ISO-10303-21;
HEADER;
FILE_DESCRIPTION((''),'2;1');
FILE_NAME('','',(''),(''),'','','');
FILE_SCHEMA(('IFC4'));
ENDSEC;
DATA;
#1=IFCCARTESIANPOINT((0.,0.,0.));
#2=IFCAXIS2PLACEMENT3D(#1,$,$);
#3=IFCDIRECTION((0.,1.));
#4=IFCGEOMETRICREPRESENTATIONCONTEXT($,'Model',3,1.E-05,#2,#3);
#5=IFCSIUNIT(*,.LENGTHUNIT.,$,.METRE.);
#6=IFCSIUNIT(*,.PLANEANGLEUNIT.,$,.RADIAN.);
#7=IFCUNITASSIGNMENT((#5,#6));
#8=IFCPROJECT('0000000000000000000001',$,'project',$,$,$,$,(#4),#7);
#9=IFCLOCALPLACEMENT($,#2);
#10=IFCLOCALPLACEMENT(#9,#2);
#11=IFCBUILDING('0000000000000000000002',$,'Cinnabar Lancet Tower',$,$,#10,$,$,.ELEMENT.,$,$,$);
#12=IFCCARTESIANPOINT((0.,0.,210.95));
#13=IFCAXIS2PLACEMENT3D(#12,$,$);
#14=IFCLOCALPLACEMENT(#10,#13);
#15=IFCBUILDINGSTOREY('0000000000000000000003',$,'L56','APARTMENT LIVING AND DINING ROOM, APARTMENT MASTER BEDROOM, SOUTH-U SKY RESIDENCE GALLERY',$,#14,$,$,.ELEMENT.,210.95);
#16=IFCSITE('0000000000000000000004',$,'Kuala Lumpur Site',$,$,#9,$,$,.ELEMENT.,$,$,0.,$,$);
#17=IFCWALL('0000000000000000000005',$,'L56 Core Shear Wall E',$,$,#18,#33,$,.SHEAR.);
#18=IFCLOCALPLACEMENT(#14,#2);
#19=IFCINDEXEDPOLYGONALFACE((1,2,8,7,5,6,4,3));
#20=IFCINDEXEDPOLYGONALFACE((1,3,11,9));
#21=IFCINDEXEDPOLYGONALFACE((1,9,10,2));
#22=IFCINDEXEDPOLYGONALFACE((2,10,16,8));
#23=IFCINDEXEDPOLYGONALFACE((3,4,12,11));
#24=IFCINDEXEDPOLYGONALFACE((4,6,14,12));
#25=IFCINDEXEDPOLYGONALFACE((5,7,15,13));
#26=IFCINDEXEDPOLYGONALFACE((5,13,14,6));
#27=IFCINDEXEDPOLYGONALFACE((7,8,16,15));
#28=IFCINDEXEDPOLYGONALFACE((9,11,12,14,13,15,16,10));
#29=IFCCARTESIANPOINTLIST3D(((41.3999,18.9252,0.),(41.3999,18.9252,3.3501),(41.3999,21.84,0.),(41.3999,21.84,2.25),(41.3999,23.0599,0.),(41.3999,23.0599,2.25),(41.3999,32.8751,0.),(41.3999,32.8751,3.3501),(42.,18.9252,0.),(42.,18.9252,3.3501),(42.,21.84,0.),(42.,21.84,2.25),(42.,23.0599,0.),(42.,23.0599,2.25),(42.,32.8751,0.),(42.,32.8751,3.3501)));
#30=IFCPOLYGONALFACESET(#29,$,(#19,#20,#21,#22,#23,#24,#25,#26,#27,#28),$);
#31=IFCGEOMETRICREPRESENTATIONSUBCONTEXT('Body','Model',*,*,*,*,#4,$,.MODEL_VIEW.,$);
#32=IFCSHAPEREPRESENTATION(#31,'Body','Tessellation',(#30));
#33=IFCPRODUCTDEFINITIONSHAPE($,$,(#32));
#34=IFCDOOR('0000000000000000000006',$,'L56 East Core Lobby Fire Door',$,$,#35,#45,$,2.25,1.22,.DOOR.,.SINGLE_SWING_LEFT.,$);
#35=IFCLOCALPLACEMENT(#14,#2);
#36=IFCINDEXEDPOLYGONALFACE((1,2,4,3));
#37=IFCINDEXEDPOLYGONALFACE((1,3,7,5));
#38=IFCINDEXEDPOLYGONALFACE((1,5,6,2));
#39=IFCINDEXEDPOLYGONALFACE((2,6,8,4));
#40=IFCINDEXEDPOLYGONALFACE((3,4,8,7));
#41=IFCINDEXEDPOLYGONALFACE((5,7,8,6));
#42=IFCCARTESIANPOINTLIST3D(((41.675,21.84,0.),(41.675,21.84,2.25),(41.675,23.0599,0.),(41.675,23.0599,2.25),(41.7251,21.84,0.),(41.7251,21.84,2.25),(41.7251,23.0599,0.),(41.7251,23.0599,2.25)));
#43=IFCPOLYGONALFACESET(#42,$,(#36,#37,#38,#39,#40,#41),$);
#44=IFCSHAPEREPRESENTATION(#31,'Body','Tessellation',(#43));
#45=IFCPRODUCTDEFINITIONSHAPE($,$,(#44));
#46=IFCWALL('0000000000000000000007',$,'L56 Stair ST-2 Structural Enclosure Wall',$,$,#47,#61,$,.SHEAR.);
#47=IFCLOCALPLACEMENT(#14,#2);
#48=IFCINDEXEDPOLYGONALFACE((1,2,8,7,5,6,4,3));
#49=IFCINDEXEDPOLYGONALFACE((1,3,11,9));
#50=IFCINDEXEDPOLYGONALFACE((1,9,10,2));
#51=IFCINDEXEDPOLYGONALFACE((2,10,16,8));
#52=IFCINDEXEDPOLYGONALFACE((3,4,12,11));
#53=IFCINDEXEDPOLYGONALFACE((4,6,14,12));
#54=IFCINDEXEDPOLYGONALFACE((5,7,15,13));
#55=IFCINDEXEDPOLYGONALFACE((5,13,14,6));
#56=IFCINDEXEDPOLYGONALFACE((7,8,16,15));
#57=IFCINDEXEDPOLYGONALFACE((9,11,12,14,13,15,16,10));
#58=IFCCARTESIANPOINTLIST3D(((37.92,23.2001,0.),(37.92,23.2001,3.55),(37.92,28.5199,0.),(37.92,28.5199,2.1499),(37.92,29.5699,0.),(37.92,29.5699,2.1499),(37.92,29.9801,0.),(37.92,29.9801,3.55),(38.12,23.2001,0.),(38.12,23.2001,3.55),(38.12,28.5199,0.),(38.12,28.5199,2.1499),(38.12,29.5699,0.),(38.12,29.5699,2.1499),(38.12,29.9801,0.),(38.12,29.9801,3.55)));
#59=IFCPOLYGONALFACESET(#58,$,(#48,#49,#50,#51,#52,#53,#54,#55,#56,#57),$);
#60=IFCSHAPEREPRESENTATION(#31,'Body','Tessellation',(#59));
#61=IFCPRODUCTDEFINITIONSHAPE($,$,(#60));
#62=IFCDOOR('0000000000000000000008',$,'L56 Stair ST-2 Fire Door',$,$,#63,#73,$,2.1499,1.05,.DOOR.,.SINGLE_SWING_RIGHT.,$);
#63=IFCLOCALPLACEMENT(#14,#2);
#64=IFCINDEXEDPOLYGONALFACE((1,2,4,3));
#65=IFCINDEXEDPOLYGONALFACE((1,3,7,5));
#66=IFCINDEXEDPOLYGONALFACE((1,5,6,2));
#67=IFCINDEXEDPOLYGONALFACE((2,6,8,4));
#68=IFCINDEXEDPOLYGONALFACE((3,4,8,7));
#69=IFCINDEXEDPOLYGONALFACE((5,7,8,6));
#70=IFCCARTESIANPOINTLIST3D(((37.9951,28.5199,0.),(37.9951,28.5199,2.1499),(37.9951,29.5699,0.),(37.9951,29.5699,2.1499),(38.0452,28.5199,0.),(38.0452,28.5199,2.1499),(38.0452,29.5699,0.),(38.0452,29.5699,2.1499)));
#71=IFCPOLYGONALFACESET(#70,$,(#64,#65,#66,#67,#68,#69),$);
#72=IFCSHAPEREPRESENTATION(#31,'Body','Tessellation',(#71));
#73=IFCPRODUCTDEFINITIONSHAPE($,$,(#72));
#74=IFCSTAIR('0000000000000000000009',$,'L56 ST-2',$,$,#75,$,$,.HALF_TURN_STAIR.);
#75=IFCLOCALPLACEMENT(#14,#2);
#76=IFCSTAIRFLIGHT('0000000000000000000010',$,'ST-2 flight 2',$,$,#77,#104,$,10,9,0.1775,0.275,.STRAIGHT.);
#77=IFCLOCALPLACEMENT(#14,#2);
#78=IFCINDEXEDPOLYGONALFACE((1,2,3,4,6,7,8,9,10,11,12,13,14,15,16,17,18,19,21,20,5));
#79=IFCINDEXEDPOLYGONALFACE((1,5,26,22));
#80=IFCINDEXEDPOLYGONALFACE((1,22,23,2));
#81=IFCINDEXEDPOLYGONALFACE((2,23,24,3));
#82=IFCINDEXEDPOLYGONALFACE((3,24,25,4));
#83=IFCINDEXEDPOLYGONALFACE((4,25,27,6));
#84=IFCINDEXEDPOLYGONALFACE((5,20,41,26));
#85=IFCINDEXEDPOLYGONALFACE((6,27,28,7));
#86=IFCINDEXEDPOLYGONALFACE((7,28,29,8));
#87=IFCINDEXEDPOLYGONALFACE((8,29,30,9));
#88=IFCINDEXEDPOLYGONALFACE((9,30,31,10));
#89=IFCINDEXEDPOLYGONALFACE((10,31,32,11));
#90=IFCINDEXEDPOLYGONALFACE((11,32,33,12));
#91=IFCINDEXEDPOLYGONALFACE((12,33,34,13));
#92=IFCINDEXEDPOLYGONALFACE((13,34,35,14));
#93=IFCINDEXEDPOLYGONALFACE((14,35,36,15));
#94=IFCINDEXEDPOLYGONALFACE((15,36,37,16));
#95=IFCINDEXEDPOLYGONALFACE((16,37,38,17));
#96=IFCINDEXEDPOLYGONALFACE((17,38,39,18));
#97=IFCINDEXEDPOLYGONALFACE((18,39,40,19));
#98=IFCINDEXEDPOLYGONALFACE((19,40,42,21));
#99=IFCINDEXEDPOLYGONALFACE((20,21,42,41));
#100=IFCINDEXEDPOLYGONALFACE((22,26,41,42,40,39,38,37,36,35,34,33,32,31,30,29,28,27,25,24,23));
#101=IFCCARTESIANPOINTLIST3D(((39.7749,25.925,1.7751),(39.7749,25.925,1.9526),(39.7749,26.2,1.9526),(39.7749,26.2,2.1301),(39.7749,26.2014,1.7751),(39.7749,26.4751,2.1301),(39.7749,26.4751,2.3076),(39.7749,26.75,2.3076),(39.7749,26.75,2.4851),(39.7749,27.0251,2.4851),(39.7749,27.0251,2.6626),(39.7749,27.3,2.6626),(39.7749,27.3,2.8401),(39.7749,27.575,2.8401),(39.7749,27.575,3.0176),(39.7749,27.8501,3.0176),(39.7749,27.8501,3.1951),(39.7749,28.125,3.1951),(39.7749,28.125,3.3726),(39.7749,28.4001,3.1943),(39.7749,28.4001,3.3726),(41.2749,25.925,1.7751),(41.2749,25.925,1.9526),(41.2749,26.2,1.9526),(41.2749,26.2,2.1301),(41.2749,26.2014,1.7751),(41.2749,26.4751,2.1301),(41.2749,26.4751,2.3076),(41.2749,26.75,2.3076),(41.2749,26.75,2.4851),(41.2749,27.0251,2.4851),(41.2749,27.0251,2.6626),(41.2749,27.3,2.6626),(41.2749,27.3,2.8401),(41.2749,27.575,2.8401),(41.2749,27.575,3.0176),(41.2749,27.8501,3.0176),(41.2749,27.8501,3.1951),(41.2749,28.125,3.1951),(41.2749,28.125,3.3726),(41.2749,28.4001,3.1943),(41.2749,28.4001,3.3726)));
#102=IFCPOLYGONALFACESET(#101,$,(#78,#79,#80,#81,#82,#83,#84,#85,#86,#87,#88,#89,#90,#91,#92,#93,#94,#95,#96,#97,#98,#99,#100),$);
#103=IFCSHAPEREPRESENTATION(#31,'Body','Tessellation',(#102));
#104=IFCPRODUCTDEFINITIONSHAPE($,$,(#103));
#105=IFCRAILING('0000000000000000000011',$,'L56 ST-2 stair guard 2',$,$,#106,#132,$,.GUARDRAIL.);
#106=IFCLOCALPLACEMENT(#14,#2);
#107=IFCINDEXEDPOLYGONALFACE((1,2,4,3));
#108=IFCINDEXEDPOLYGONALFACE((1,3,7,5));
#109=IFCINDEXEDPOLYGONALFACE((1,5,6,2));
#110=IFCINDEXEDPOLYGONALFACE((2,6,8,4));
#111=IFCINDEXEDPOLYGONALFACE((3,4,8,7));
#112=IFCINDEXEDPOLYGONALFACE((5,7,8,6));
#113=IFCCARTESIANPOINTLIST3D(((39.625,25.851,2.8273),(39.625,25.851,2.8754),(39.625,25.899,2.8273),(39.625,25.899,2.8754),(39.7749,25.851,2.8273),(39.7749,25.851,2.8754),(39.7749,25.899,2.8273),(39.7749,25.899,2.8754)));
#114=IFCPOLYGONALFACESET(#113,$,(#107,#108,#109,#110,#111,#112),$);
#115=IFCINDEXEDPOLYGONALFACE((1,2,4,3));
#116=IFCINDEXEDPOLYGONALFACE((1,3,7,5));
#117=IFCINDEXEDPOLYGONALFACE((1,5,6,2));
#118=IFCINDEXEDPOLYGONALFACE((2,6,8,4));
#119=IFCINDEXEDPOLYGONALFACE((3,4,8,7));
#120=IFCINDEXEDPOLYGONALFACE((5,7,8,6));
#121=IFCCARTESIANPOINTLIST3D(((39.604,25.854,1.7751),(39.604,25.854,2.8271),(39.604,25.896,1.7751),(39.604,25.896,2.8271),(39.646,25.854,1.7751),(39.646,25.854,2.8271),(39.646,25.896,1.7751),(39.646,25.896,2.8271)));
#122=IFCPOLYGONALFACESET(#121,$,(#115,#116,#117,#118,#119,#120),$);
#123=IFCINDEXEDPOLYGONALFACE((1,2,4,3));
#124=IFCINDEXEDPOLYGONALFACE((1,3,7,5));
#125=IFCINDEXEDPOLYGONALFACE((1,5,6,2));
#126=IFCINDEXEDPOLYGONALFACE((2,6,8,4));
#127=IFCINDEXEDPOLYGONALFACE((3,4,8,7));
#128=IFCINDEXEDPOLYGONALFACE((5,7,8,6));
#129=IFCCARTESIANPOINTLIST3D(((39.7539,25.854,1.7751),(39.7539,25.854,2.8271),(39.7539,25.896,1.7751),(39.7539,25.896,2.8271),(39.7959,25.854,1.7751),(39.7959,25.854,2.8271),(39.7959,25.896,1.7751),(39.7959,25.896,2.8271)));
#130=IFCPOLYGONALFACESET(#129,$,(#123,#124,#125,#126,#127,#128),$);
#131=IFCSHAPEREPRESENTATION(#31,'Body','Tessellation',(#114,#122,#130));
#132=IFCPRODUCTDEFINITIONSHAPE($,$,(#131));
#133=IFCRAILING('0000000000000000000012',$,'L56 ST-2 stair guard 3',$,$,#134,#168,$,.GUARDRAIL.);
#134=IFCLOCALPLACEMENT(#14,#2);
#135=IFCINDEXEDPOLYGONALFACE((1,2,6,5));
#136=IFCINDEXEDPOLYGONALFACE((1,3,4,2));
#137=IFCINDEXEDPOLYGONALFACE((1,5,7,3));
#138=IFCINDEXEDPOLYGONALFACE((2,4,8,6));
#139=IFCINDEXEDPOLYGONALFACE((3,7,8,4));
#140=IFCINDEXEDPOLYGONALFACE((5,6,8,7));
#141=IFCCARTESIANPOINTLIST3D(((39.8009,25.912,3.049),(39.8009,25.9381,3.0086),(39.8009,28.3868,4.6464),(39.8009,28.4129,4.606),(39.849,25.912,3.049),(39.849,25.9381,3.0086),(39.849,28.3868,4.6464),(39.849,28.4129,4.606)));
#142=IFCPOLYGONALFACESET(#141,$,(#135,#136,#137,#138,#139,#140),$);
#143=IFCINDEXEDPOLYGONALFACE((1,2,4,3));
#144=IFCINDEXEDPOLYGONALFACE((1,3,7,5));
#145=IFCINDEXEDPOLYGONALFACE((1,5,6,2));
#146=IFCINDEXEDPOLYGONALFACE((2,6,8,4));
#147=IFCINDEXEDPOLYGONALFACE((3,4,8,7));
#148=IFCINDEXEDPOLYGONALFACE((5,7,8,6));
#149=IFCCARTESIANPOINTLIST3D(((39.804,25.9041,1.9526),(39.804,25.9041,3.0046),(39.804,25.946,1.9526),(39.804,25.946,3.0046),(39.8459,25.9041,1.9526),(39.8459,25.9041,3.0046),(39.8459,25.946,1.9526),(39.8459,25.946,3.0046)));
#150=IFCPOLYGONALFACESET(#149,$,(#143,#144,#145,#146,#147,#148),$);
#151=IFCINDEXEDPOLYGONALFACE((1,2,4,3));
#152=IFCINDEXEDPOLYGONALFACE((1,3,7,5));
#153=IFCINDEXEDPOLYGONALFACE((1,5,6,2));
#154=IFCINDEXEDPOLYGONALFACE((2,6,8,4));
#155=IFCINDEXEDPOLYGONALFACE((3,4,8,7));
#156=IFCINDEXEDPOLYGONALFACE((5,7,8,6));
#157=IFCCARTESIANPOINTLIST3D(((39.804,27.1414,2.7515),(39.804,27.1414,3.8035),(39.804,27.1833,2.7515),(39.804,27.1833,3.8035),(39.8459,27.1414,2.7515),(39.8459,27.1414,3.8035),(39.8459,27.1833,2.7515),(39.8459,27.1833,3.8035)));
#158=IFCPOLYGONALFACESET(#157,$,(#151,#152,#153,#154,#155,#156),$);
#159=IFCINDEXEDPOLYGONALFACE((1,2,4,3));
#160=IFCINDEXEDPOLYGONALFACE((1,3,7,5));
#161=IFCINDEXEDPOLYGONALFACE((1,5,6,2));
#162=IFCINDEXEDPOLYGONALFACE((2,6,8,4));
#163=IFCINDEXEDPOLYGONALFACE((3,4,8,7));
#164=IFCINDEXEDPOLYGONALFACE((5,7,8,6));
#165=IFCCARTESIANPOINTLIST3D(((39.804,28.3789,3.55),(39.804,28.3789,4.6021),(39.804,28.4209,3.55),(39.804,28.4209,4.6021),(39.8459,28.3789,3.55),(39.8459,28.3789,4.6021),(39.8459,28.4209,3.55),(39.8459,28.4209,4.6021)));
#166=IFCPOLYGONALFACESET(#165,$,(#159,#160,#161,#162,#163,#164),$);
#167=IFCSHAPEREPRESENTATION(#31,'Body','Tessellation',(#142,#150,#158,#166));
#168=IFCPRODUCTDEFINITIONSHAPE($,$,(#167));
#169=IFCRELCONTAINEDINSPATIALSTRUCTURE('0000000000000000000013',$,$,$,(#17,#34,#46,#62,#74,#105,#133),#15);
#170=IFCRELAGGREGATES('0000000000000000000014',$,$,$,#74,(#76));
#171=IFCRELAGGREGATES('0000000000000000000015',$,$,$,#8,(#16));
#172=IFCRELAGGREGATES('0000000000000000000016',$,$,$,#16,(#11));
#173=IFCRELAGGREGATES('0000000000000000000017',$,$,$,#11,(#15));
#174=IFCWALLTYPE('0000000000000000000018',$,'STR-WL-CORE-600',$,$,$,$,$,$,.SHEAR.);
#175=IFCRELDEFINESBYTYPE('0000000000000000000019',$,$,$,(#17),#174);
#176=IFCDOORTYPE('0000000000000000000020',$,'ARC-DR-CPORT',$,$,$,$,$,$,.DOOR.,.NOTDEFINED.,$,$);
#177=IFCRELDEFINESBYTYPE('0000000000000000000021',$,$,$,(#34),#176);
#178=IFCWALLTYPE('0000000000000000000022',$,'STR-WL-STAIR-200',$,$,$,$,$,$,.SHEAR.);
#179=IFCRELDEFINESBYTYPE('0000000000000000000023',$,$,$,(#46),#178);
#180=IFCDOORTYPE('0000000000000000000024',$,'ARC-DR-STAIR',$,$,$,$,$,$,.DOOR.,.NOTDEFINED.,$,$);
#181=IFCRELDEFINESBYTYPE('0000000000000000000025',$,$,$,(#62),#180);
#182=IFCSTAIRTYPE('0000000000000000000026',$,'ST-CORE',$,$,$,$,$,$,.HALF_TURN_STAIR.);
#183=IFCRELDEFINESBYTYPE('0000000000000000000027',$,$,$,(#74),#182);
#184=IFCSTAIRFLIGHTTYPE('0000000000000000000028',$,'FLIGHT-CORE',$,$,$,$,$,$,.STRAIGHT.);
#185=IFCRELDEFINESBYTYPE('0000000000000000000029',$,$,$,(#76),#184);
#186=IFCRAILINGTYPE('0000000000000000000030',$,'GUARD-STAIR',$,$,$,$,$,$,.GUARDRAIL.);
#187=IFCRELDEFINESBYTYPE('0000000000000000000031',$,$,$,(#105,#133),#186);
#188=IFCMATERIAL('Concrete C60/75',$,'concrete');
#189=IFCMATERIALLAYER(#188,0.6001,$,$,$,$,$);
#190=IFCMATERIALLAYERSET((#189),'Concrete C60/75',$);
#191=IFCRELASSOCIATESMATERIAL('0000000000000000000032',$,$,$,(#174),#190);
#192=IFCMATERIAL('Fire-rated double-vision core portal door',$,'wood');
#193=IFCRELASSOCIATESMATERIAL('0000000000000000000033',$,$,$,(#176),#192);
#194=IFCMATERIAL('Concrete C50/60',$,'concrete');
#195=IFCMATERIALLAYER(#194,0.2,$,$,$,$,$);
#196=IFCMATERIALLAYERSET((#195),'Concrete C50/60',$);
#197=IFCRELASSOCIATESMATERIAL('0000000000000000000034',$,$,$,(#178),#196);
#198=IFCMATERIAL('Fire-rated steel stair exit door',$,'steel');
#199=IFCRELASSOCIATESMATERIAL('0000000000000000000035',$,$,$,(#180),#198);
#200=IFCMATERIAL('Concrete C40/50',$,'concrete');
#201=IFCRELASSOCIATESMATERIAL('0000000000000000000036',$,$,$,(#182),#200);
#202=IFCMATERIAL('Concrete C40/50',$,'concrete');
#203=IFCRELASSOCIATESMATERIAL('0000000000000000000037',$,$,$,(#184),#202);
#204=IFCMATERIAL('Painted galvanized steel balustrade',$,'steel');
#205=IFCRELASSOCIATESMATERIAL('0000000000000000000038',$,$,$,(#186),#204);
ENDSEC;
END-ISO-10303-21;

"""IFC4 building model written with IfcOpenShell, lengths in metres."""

from ifc_helpers import new_model, si_unit, direction, frame, frame_2d, origin, origin_2d, place, context, subcontext, project, spatial, polyline, rectangle, outline, extrude, material, layer, layer_set, type_object, element, fill, aggregate, save


model = new_model("IFC4")

# Units and contexts
model_context = context("Model", 3, precision=1e-05, world=origin(), true_north=direction((0.0, 1.0)))
body_context = subcontext(model_context, "Body", "Model", "MODEL_VIEW")
ifc_project = project(units=[si_unit("LENGTHUNIT", "METRE"), si_unit("PLANEANGLEUNIT", "RADIAN")], contexts=[model_context])

# Site, building, storey
site_placement = place(None, origin())
site = spatial("IfcSite", under=ifc_project, at=site_placement, Name="Kuala Lumpur Site", CompositionType="ELEMENT", RefElevation=0.0)
building_placement = place(site_placement, origin())
building = spatial("IfcBuilding", under=site, at=building_placement, Name="Cinnabar Lancet Tower", CompositionType="ELEMENT")
storey_placement = place(building_placement, frame((0.0, 0.0, 210.95)))
storey = spatial("IfcBuildingStorey", under=building, at=storey_placement, Name="L56", Description="APARTMENT LIVING AND DINING ROOM, APARTMENT MASTER BEDROOM, SOUTH-U SKY RESIDENCE GALLERY", CompositionType="ELEMENT", Elevation=210.95)

# Walls, openings, doors
ifc_material_1 = material(Name="Concrete C60/75", Category="concrete")
ifc_layer_1 = layer(ifc_material_1, 0.6001)
ifc_layer_set_1 = layer_set([ifc_layer_1], Name="Concrete C60/75")
wall_type_1 = type_object("IfcWallType", Name="STR-WL-CORE-600", PredefinedType="SHEAR", material=ifc_layer_set_1)
wall_1_placement = place(storey_placement, frame((41.7, 18.925, 0.0), z_axis=(0.0, 0.0, 1.0), x_axis=(0.0, 1.0, 0.0)))
wall_1 = element("IfcWall", 1, at=wall_1_placement, inside=storey, type_object=wall_type_1, Name="L56 Core Shear Wall E", PredefinedType="SHEAR", context=body_context, shape_type="SweptSolid", body=[
    extrude(rectangle(XDim=13.95, YDim=0.6001, at=frame_2d((6.9751, 0.0))), origin(), (0.0, 0.0, 1.0), 3.3501),
])
opening_1_placement = place(wall_1_placement, frame((2.915, 0.0, 0.0)))
opening_1 = element("IfcOpeningElement", 2, at=opening_1_placement, cuts=wall_1, PredefinedType="OPENING", context=body_context, shape_type="SweptSolid", body=[
    extrude(rectangle(XDim=1.22, YDim=2.25, at=frame_2d((0.6099, 1.125))), frame((0.0, 0.3101, 0.0), z_axis=(0.0, -1.0, 0.0), x_axis=(1.0, 0.0, 0.0)), (0.0, 0.0, 1.0), 0.6201),
])
ifc_material_2 = material(Name="Fire-rated double-vision core portal door", Category="wood")
door_type_1 = type_object("IfcDoorType", Name="ARC-DR-CPORT", OperationType="NOTDEFINED", PredefinedType="DOOR", material=ifc_material_2)
door_1_placement = place(opening_1_placement, origin())
door_1 = element("IfcDoor", 3, at=door_1_placement, inside=storey, type_object=door_type_1, Name="L56 East Core Lobby Fire Door", OperationType="SINGLE_SWING_LEFT", OverallHeight=2.25, OverallWidth=1.22, PredefinedType="DOOR", context=body_context, shape_type="SweptSolid", body=[
    extrude(rectangle(XDim=1.22, YDim=2.25, at=frame_2d((0.6099, 1.125))), frame((0.0, 0.0249, 0.0), z_axis=(0.0, -1.0, 0.0), x_axis=(1.0, 0.0, 0.0)), (0.0, 0.0, 1.0), 0.05),
])
fill(opening_1, door_1)
ifc_material_3 = material(Name="Concrete C50/60", Category="concrete")
ifc_layer_2 = layer(ifc_material_3, 0.2)
ifc_layer_set_2 = layer_set([ifc_layer_2], Name="Concrete C50/60")
wall_type_2 = type_object("IfcWallType", Name="STR-WL-STAIR-200", PredefinedType="SHEAR", material=ifc_layer_set_2)
wall_2_placement = place(storey_placement, frame((38.02, 23.2, 0.0), z_axis=(0.0, 0.0, 1.0), x_axis=(0.0, 1.0, 0.0)))
wall_2 = element("IfcWall", 4, at=wall_2_placement, inside=storey, type_object=wall_type_2, Name="L56 Stair ST-2 Structural Enclosure Wall", PredefinedType="SHEAR", context=body_context, shape_type="SweptSolid", body=[
    extrude(rectangle(XDim=6.78, YDim=0.2, at=frame_2d((3.3901, 0.0))), origin(), (0.0, 0.0, 1.0), 3.55),
])
opening_2_placement = place(wall_2_placement, frame((5.3201, 0.0, 0.0)))
opening_2 = element("IfcOpeningElement", 5, at=opening_2_placement, cuts=wall_2, PredefinedType="OPENING", context=body_context, shape_type="SweptSolid", body=[
    extrude(rectangle(XDim=1.05, YDim=2.1499, at=frame_2d((0.5249, 1.075))), frame((0.0, 0.1099, 0.0), z_axis=(0.0, -1.0, 0.0), x_axis=(1.0, 0.0, 0.0)), (0.0, 0.0, 1.0), 0.22),
])
ifc_material_4 = material(Name="Fire-rated steel stair exit door", Category="steel")
door_type_2 = type_object("IfcDoorType", Name="ARC-DR-STAIR", OperationType="NOTDEFINED", PredefinedType="DOOR", material=ifc_material_4)
door_2_placement = place(opening_2_placement, origin())
door_2 = element("IfcDoor", 6, at=door_2_placement, inside=storey, type_object=door_type_2, Name="L56 Stair ST-2 Fire Door", OperationType="SINGLE_SWING_RIGHT", OverallHeight=2.1499, OverallWidth=1.05, PredefinedType="DOOR", context=body_context, shape_type="SweptSolid", body=[
    extrude(rectangle(XDim=1.05, YDim=2.1499, at=frame_2d((0.5249, 1.075))), frame((0.0, 0.0249, 0.0), z_axis=(0.0, -1.0, 0.0), x_axis=(1.0, 0.0, 0.0)), (0.0, 0.0, 1.0), 0.05),
])
fill(opening_2, door_2)

# Stair, stair flight
ifc_material_5 = material(Name="Concrete C40/50", Category="concrete")
stair_type = type_object("IfcStairType", Name="ST-CORE", PredefinedType="HALF_TURN_STAIR", material=ifc_material_5)
stair_placement = place(storey_placement, origin())
stair = element("IfcStair", 7, at=stair_placement, inside=storey, type_object=stair_type, Name="L56 ST-2", PredefinedType="HALF_TURN_STAIR")
ifc_material_6 = material(Name="Concrete C40/50", Category="concrete")
stair_flight_type = type_object("IfcStairFlightType", Name="FLIGHT-CORE", PredefinedType="STRAIGHT", material=ifc_material_6)
stair_flight_placement = place(storey_placement, frame((40.5249, 25.925, 1.7751), z_axis=(0.0, 0.0, 1.0), x_axis=(0.0, 1.0, 0.0)))
stair_flight = element("IfcStairFlight", 8, at=stair_flight_placement, type_object=stair_flight_type, Name="ST-2 flight 2", NumberOfRisers=10, NumberOfTreads=9, PredefinedType="STRAIGHT", RiserHeight=0.1775, TreadLength=0.275, context=body_context, shape_type="SweptSolid", body=[
    extrude(outline(polyline([(0.0, 0.0), (0.0, 0.1775), (0.2749, 0.1775), (0.2749, 0.355), (0.55, 0.355), (0.55, 0.5325), (0.825, 0.5325), (0.825, 0.71), (1.1001, 0.71), (1.1001, 0.8875), (1.375, 0.8875), (1.375, 1.0649), (1.6499, 1.0649), (1.6499, 1.2424), (1.925, 1.2424), (1.925, 1.4199), (2.2, 1.4199), (2.2, 1.5974), (2.4751, 1.5974), (2.4751, 1.7749), (2.4751, 1.4192), (0.2764, 0.0), (0.0, 0.0)])), frame((0.0, 0.75, 0.0), z_axis=(0.0, -1.0, 0.0), x_axis=(1.0, 0.0, 0.0)), (0.0, 0.0, 1.0), 1.5),
])
aggregate(stair, [stair_flight])

# Railings
ifc_material_7 = material(Name="Painted galvanized steel balustrade", Category="steel")
railing_type_1 = type_object("IfcRailingType", Name="GUARD-STAIR", PredefinedType="GUARDRAIL", material=ifc_material_7)
railing_1_placement = place(storey_placement, frame((39.625, 25.875, 1.7751)))
element("IfcRailing", 9, at=railing_1_placement, inside=storey, type_object=railing_type_1, Name="L56 ST-2 stair guard 2", PredefinedType="GUARDRAIL", context=body_context, shape_type="SweptSolid", body=[
    extrude(rectangle(XDim=0.0481, YDim=0.0481, at=origin_2d()), frame((0.0, 0.0, 1.0762), z_axis=(1.0, 0.0, 0.0), x_axis=(0.0, 1.0, 0.0)), (0.0, 0.0, 1.0), 0.1499),
    extrude(rectangle(XDim=0.042, YDim=0.042, at=origin_2d()), origin(), (0.0, 0.0, 1.0), 1.052),
    extrude(rectangle(XDim=0.042, YDim=0.042, at=origin_2d()), frame((0.1499, 0.0, 0.0)), (0.0, 0.0, 1.0), 1.052),
])
railing_2_placement = place(storey_placement, frame((39.825, 25.925, 1.9526)))
element("IfcRailing", 10, at=railing_2_placement, inside=storey, type_object=railing_type_1, Name="L56 ST-2 stair guard 3", PredefinedType="GUARDRAIL", context=body_context, shape_type="SweptSolid", body=[
    extrude(rectangle(XDim=0.0481, YDim=0.0481, at=origin_2d()), frame((0.0, 0.0, 1.0762), z_axis=(0.0, 0.840183, 0.542302), x_axis=(-1.0, 0.0, 0.0)), (0.0, 0.0, 1.0), 2.9456),
    extrude(rectangle(XDim=0.042, YDim=0.042, at=origin_2d()), origin(), (0.0, 0.0, 1.0), 1.052),
    extrude(rectangle(XDim=0.042, YDim=0.042, at=origin_2d()), frame((0.0, 1.2373, 0.7988)), (0.0, 0.0, 1.0), 1.052),
    extrude(rectangle(XDim=0.042, YDim=0.042, at=origin_2d()), frame((0.0, 2.4749, 1.5974)), (0.0, 0.0, 1.0), 1.052),
])

save(model, "model.ifc")
